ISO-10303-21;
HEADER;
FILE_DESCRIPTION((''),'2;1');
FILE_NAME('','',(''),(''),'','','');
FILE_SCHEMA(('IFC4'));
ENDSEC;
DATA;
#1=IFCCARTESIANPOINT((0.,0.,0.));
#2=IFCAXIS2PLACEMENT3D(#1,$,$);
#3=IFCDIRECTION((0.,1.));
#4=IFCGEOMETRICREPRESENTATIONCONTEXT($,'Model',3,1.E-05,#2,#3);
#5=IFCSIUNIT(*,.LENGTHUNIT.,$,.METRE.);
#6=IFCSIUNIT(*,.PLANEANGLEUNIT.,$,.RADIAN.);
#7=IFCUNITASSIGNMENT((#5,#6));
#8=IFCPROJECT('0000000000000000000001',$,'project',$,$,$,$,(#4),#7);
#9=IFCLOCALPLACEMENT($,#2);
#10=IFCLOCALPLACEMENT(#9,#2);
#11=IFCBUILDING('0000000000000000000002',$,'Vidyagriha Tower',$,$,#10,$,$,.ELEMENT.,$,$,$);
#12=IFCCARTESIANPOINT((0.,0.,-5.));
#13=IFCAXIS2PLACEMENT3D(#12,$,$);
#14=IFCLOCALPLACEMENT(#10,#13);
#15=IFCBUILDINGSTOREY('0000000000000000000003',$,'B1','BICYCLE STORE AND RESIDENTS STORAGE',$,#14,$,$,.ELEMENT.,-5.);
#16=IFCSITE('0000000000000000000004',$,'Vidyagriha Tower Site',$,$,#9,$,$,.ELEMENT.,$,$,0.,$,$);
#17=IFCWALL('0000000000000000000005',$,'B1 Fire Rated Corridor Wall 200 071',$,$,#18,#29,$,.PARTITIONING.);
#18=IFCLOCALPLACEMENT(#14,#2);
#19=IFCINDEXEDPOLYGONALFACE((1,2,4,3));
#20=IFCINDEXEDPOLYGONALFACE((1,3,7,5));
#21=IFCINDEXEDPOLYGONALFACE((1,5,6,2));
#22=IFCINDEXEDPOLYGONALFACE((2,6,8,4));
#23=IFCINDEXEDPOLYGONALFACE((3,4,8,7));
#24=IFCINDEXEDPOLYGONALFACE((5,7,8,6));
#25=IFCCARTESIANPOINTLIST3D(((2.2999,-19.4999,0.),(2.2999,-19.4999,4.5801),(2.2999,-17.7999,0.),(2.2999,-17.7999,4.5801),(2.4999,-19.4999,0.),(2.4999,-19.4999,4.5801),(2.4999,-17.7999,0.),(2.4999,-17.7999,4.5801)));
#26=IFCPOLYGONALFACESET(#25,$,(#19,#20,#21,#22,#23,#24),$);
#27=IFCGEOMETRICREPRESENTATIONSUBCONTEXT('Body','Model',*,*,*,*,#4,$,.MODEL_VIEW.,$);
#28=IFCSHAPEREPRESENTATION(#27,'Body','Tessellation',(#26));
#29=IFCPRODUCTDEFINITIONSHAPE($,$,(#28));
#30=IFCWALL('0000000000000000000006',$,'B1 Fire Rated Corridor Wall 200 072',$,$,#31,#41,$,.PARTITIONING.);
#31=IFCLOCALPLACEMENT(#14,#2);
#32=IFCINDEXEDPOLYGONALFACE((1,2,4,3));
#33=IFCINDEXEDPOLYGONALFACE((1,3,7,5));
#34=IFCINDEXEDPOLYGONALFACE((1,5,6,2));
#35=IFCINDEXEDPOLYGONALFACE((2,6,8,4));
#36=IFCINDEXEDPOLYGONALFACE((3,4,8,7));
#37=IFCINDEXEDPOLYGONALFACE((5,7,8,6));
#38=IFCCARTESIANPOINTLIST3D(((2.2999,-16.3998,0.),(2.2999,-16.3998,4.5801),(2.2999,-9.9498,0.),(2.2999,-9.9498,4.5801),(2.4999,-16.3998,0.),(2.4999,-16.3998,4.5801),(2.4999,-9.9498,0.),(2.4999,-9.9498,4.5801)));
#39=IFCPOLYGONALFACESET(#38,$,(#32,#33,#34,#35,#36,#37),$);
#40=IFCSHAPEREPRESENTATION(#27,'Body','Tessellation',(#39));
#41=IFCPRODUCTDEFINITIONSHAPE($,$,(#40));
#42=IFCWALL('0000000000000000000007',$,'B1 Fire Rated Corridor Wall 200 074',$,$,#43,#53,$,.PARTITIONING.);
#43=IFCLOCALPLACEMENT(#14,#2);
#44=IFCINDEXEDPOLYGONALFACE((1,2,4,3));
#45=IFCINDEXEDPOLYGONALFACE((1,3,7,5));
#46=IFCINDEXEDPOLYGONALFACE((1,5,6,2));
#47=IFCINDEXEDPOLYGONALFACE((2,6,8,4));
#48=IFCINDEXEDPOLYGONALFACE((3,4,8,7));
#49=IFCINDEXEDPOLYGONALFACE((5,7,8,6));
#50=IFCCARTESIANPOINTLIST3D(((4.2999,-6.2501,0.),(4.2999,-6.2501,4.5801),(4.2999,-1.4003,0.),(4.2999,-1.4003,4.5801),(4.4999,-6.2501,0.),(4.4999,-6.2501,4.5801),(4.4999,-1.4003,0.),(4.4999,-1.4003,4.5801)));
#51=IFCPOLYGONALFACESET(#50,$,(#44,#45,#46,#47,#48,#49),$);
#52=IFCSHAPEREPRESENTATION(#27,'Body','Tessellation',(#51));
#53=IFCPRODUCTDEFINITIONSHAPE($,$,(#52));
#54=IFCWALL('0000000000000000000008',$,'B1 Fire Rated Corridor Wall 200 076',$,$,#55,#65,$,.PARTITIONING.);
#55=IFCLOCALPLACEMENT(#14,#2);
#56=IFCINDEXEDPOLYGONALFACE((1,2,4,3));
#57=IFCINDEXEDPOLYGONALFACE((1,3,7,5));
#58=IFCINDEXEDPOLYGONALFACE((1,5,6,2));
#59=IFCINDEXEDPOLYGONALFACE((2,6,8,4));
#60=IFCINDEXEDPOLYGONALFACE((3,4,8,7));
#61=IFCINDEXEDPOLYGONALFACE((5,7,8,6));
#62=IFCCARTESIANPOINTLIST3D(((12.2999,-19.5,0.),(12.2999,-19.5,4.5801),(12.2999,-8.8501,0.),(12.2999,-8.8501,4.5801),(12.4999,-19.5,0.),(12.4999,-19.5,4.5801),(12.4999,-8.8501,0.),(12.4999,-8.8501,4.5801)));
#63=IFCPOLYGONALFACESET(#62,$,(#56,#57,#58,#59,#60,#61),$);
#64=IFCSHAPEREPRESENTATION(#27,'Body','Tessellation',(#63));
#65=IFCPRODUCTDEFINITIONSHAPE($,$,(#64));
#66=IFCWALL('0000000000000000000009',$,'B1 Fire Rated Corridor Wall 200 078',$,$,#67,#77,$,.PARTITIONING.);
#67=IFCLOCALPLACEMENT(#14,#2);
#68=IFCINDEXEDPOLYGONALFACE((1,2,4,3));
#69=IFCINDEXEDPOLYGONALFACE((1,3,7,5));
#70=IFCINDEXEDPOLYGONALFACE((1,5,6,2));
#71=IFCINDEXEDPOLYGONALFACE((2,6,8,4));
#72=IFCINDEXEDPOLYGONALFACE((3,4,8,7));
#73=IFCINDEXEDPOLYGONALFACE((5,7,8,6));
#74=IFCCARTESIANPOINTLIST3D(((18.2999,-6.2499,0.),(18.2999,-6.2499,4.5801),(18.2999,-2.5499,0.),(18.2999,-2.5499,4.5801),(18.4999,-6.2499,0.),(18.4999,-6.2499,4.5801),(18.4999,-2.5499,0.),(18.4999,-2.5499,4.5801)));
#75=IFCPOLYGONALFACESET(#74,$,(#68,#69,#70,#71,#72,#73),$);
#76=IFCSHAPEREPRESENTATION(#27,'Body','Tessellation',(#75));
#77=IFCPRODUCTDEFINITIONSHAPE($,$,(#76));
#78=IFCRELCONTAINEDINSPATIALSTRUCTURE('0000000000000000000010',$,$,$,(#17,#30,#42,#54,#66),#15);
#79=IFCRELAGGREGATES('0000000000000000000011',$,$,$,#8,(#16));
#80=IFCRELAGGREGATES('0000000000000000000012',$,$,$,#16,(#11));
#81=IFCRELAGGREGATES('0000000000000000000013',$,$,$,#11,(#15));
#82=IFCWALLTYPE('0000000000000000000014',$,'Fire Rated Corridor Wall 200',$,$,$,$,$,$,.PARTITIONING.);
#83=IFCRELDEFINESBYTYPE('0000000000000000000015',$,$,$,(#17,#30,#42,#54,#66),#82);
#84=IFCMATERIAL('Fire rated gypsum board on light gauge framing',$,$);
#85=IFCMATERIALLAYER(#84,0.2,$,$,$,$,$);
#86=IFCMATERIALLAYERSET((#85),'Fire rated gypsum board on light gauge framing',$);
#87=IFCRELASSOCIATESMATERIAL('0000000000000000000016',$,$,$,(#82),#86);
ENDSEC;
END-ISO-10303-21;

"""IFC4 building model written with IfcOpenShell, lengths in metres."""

from ifc_helpers import new_model, si_unit, direction, frame, frame_2d, origin, place, context, subcontext, project, spatial, rectangle, extrude, material, layer, layer_set, type_object, element, save


model = new_model("IFC4")

# Units and contexts
model_context = context("Model", 3, precision=1e-05, world=origin(), true_north=direction((0.0, 1.0)))
body_context = subcontext(model_context, "Body", "Model", "MODEL_VIEW")
ifc_project = project(units=[si_unit("LENGTHUNIT", "METRE"), si_unit("PLANEANGLEUNIT", "RADIAN")], contexts=[model_context])

# Site, building, storey
site_placement = place(None, origin())
site = spatial("IfcSite", under=ifc_project, at=site_placement, Name="Vidyagriha Tower Site", CompositionType="ELEMENT", RefElevation=0.0)
building_placement = place(site_placement, origin())
building = spatial("IfcBuilding", under=site, at=building_placement, Name="Vidyagriha Tower", CompositionType="ELEMENT")
storey_placement = place(building_placement, frame((0.0, 0.0, -5.0)))
storey = spatial("IfcBuildingStorey", under=building, at=storey_placement, Name="B1", Description="BICYCLE STORE AND RESIDENTS STORAGE", CompositionType="ELEMENT", Elevation=-5.0)

# Walls
ifc_material_1 = material(Name="Fire rated gypsum board on light gauge framing")
ifc_layer = layer(ifc_material_1, 0.2)
ifc_layer_set = layer_set([ifc_layer], Name="Fire rated gypsum board on light gauge framing")
wall_type = type_object("IfcWallType", Name="Fire Rated Corridor Wall 200", PredefinedType="PARTITIONING", material=ifc_layer_set)
wall_1_placement = place(storey_placement, frame((2.3999, -19.5, 0.0), z_axis=(0.0, 0.0, 1.0), x_axis=(0.0, 1.0, 0.0)))
element("IfcWall", 1, at=wall_1_placement, inside=storey, type_object=wall_type, Name="B1 Fire Rated Corridor Wall 200 071", PredefinedType="PARTITIONING", context=body_context, shape_type="SweptSolid", body=[
    extrude(rectangle(XDim=1.7, YDim=0.2, at=frame_2d((0.8501, 0.0))), origin(), (0.0, 0.0, 1.0), 4.5801),
])
wall_2_placement = place(storey_placement, frame((2.3999, -16.3999, 0.0), z_axis=(0.0, 0.0, 1.0), x_axis=(0.0, 1.0, 0.0)))
element("IfcWall", 2, at=wall_2_placement, inside=storey, type_object=wall_type, Name="B1 Fire Rated Corridor Wall 200 072", PredefinedType="PARTITIONING", context=body_context, shape_type="SweptSolid", body=[
    extrude(rectangle(XDim=6.45, YDim=0.2, at=frame_2d((3.2251, 0.0))), origin(), (0.0, 0.0, 1.0), 4.5801),
])
wall_3_placement = place(storey_placement, frame((4.3999, -6.25, 0.0), z_axis=(0.0, 0.0, 1.0), x_axis=(0.0, 1.0, 0.0)))
element("IfcWall", 3, at=wall_3_placement, inside=storey, type_object=wall_type, Name="B1 Fire Rated Corridor Wall 200 074", PredefinedType="PARTITIONING", context=body_context, shape_type="SweptSolid", body=[
    extrude(rectangle(XDim=4.8499, YDim=0.2, at=frame_2d((2.4248, 0.0))), origin(), (0.0, 0.0, 1.0), 4.5801),
])
wall_4_placement = place(storey_placement, frame((12.3999, -19.5, 0.0), z_axis=(0.0, 0.0, 1.0), x_axis=(0.0, 1.0, 0.0)))
element("IfcWall", 4, at=wall_4_placement, inside=storey, type_object=wall_type, Name="B1 Fire Rated Corridor Wall 200 076", PredefinedType="PARTITIONING", context=body_context, shape_type="SweptSolid", body=[
    extrude(rectangle(XDim=10.6499, YDim=0.2, at=frame_2d((5.325, 0.0))), origin(), (0.0, 0.0, 1.0), 4.5801),
])
wall_5_placement = place(storey_placement, frame((18.3999, -6.25, 0.0), z_axis=(0.0, 0.0, 1.0), x_axis=(0.0, 1.0, 0.0)))
element("IfcWall", 5, at=wall_5_placement, inside=storey, type_object=wall_type, Name="B1 Fire Rated Corridor Wall 200 078", PredefinedType="PARTITIONING", context=body_context, shape_type="SweptSolid", body=[
    extrude(rectangle(XDim=3.7, YDim=0.2, at=frame_2d((1.8501, 0.0))), origin(), (0.0, 0.0, 1.0), 4.5801),
])

save(model, "model.ifc")
